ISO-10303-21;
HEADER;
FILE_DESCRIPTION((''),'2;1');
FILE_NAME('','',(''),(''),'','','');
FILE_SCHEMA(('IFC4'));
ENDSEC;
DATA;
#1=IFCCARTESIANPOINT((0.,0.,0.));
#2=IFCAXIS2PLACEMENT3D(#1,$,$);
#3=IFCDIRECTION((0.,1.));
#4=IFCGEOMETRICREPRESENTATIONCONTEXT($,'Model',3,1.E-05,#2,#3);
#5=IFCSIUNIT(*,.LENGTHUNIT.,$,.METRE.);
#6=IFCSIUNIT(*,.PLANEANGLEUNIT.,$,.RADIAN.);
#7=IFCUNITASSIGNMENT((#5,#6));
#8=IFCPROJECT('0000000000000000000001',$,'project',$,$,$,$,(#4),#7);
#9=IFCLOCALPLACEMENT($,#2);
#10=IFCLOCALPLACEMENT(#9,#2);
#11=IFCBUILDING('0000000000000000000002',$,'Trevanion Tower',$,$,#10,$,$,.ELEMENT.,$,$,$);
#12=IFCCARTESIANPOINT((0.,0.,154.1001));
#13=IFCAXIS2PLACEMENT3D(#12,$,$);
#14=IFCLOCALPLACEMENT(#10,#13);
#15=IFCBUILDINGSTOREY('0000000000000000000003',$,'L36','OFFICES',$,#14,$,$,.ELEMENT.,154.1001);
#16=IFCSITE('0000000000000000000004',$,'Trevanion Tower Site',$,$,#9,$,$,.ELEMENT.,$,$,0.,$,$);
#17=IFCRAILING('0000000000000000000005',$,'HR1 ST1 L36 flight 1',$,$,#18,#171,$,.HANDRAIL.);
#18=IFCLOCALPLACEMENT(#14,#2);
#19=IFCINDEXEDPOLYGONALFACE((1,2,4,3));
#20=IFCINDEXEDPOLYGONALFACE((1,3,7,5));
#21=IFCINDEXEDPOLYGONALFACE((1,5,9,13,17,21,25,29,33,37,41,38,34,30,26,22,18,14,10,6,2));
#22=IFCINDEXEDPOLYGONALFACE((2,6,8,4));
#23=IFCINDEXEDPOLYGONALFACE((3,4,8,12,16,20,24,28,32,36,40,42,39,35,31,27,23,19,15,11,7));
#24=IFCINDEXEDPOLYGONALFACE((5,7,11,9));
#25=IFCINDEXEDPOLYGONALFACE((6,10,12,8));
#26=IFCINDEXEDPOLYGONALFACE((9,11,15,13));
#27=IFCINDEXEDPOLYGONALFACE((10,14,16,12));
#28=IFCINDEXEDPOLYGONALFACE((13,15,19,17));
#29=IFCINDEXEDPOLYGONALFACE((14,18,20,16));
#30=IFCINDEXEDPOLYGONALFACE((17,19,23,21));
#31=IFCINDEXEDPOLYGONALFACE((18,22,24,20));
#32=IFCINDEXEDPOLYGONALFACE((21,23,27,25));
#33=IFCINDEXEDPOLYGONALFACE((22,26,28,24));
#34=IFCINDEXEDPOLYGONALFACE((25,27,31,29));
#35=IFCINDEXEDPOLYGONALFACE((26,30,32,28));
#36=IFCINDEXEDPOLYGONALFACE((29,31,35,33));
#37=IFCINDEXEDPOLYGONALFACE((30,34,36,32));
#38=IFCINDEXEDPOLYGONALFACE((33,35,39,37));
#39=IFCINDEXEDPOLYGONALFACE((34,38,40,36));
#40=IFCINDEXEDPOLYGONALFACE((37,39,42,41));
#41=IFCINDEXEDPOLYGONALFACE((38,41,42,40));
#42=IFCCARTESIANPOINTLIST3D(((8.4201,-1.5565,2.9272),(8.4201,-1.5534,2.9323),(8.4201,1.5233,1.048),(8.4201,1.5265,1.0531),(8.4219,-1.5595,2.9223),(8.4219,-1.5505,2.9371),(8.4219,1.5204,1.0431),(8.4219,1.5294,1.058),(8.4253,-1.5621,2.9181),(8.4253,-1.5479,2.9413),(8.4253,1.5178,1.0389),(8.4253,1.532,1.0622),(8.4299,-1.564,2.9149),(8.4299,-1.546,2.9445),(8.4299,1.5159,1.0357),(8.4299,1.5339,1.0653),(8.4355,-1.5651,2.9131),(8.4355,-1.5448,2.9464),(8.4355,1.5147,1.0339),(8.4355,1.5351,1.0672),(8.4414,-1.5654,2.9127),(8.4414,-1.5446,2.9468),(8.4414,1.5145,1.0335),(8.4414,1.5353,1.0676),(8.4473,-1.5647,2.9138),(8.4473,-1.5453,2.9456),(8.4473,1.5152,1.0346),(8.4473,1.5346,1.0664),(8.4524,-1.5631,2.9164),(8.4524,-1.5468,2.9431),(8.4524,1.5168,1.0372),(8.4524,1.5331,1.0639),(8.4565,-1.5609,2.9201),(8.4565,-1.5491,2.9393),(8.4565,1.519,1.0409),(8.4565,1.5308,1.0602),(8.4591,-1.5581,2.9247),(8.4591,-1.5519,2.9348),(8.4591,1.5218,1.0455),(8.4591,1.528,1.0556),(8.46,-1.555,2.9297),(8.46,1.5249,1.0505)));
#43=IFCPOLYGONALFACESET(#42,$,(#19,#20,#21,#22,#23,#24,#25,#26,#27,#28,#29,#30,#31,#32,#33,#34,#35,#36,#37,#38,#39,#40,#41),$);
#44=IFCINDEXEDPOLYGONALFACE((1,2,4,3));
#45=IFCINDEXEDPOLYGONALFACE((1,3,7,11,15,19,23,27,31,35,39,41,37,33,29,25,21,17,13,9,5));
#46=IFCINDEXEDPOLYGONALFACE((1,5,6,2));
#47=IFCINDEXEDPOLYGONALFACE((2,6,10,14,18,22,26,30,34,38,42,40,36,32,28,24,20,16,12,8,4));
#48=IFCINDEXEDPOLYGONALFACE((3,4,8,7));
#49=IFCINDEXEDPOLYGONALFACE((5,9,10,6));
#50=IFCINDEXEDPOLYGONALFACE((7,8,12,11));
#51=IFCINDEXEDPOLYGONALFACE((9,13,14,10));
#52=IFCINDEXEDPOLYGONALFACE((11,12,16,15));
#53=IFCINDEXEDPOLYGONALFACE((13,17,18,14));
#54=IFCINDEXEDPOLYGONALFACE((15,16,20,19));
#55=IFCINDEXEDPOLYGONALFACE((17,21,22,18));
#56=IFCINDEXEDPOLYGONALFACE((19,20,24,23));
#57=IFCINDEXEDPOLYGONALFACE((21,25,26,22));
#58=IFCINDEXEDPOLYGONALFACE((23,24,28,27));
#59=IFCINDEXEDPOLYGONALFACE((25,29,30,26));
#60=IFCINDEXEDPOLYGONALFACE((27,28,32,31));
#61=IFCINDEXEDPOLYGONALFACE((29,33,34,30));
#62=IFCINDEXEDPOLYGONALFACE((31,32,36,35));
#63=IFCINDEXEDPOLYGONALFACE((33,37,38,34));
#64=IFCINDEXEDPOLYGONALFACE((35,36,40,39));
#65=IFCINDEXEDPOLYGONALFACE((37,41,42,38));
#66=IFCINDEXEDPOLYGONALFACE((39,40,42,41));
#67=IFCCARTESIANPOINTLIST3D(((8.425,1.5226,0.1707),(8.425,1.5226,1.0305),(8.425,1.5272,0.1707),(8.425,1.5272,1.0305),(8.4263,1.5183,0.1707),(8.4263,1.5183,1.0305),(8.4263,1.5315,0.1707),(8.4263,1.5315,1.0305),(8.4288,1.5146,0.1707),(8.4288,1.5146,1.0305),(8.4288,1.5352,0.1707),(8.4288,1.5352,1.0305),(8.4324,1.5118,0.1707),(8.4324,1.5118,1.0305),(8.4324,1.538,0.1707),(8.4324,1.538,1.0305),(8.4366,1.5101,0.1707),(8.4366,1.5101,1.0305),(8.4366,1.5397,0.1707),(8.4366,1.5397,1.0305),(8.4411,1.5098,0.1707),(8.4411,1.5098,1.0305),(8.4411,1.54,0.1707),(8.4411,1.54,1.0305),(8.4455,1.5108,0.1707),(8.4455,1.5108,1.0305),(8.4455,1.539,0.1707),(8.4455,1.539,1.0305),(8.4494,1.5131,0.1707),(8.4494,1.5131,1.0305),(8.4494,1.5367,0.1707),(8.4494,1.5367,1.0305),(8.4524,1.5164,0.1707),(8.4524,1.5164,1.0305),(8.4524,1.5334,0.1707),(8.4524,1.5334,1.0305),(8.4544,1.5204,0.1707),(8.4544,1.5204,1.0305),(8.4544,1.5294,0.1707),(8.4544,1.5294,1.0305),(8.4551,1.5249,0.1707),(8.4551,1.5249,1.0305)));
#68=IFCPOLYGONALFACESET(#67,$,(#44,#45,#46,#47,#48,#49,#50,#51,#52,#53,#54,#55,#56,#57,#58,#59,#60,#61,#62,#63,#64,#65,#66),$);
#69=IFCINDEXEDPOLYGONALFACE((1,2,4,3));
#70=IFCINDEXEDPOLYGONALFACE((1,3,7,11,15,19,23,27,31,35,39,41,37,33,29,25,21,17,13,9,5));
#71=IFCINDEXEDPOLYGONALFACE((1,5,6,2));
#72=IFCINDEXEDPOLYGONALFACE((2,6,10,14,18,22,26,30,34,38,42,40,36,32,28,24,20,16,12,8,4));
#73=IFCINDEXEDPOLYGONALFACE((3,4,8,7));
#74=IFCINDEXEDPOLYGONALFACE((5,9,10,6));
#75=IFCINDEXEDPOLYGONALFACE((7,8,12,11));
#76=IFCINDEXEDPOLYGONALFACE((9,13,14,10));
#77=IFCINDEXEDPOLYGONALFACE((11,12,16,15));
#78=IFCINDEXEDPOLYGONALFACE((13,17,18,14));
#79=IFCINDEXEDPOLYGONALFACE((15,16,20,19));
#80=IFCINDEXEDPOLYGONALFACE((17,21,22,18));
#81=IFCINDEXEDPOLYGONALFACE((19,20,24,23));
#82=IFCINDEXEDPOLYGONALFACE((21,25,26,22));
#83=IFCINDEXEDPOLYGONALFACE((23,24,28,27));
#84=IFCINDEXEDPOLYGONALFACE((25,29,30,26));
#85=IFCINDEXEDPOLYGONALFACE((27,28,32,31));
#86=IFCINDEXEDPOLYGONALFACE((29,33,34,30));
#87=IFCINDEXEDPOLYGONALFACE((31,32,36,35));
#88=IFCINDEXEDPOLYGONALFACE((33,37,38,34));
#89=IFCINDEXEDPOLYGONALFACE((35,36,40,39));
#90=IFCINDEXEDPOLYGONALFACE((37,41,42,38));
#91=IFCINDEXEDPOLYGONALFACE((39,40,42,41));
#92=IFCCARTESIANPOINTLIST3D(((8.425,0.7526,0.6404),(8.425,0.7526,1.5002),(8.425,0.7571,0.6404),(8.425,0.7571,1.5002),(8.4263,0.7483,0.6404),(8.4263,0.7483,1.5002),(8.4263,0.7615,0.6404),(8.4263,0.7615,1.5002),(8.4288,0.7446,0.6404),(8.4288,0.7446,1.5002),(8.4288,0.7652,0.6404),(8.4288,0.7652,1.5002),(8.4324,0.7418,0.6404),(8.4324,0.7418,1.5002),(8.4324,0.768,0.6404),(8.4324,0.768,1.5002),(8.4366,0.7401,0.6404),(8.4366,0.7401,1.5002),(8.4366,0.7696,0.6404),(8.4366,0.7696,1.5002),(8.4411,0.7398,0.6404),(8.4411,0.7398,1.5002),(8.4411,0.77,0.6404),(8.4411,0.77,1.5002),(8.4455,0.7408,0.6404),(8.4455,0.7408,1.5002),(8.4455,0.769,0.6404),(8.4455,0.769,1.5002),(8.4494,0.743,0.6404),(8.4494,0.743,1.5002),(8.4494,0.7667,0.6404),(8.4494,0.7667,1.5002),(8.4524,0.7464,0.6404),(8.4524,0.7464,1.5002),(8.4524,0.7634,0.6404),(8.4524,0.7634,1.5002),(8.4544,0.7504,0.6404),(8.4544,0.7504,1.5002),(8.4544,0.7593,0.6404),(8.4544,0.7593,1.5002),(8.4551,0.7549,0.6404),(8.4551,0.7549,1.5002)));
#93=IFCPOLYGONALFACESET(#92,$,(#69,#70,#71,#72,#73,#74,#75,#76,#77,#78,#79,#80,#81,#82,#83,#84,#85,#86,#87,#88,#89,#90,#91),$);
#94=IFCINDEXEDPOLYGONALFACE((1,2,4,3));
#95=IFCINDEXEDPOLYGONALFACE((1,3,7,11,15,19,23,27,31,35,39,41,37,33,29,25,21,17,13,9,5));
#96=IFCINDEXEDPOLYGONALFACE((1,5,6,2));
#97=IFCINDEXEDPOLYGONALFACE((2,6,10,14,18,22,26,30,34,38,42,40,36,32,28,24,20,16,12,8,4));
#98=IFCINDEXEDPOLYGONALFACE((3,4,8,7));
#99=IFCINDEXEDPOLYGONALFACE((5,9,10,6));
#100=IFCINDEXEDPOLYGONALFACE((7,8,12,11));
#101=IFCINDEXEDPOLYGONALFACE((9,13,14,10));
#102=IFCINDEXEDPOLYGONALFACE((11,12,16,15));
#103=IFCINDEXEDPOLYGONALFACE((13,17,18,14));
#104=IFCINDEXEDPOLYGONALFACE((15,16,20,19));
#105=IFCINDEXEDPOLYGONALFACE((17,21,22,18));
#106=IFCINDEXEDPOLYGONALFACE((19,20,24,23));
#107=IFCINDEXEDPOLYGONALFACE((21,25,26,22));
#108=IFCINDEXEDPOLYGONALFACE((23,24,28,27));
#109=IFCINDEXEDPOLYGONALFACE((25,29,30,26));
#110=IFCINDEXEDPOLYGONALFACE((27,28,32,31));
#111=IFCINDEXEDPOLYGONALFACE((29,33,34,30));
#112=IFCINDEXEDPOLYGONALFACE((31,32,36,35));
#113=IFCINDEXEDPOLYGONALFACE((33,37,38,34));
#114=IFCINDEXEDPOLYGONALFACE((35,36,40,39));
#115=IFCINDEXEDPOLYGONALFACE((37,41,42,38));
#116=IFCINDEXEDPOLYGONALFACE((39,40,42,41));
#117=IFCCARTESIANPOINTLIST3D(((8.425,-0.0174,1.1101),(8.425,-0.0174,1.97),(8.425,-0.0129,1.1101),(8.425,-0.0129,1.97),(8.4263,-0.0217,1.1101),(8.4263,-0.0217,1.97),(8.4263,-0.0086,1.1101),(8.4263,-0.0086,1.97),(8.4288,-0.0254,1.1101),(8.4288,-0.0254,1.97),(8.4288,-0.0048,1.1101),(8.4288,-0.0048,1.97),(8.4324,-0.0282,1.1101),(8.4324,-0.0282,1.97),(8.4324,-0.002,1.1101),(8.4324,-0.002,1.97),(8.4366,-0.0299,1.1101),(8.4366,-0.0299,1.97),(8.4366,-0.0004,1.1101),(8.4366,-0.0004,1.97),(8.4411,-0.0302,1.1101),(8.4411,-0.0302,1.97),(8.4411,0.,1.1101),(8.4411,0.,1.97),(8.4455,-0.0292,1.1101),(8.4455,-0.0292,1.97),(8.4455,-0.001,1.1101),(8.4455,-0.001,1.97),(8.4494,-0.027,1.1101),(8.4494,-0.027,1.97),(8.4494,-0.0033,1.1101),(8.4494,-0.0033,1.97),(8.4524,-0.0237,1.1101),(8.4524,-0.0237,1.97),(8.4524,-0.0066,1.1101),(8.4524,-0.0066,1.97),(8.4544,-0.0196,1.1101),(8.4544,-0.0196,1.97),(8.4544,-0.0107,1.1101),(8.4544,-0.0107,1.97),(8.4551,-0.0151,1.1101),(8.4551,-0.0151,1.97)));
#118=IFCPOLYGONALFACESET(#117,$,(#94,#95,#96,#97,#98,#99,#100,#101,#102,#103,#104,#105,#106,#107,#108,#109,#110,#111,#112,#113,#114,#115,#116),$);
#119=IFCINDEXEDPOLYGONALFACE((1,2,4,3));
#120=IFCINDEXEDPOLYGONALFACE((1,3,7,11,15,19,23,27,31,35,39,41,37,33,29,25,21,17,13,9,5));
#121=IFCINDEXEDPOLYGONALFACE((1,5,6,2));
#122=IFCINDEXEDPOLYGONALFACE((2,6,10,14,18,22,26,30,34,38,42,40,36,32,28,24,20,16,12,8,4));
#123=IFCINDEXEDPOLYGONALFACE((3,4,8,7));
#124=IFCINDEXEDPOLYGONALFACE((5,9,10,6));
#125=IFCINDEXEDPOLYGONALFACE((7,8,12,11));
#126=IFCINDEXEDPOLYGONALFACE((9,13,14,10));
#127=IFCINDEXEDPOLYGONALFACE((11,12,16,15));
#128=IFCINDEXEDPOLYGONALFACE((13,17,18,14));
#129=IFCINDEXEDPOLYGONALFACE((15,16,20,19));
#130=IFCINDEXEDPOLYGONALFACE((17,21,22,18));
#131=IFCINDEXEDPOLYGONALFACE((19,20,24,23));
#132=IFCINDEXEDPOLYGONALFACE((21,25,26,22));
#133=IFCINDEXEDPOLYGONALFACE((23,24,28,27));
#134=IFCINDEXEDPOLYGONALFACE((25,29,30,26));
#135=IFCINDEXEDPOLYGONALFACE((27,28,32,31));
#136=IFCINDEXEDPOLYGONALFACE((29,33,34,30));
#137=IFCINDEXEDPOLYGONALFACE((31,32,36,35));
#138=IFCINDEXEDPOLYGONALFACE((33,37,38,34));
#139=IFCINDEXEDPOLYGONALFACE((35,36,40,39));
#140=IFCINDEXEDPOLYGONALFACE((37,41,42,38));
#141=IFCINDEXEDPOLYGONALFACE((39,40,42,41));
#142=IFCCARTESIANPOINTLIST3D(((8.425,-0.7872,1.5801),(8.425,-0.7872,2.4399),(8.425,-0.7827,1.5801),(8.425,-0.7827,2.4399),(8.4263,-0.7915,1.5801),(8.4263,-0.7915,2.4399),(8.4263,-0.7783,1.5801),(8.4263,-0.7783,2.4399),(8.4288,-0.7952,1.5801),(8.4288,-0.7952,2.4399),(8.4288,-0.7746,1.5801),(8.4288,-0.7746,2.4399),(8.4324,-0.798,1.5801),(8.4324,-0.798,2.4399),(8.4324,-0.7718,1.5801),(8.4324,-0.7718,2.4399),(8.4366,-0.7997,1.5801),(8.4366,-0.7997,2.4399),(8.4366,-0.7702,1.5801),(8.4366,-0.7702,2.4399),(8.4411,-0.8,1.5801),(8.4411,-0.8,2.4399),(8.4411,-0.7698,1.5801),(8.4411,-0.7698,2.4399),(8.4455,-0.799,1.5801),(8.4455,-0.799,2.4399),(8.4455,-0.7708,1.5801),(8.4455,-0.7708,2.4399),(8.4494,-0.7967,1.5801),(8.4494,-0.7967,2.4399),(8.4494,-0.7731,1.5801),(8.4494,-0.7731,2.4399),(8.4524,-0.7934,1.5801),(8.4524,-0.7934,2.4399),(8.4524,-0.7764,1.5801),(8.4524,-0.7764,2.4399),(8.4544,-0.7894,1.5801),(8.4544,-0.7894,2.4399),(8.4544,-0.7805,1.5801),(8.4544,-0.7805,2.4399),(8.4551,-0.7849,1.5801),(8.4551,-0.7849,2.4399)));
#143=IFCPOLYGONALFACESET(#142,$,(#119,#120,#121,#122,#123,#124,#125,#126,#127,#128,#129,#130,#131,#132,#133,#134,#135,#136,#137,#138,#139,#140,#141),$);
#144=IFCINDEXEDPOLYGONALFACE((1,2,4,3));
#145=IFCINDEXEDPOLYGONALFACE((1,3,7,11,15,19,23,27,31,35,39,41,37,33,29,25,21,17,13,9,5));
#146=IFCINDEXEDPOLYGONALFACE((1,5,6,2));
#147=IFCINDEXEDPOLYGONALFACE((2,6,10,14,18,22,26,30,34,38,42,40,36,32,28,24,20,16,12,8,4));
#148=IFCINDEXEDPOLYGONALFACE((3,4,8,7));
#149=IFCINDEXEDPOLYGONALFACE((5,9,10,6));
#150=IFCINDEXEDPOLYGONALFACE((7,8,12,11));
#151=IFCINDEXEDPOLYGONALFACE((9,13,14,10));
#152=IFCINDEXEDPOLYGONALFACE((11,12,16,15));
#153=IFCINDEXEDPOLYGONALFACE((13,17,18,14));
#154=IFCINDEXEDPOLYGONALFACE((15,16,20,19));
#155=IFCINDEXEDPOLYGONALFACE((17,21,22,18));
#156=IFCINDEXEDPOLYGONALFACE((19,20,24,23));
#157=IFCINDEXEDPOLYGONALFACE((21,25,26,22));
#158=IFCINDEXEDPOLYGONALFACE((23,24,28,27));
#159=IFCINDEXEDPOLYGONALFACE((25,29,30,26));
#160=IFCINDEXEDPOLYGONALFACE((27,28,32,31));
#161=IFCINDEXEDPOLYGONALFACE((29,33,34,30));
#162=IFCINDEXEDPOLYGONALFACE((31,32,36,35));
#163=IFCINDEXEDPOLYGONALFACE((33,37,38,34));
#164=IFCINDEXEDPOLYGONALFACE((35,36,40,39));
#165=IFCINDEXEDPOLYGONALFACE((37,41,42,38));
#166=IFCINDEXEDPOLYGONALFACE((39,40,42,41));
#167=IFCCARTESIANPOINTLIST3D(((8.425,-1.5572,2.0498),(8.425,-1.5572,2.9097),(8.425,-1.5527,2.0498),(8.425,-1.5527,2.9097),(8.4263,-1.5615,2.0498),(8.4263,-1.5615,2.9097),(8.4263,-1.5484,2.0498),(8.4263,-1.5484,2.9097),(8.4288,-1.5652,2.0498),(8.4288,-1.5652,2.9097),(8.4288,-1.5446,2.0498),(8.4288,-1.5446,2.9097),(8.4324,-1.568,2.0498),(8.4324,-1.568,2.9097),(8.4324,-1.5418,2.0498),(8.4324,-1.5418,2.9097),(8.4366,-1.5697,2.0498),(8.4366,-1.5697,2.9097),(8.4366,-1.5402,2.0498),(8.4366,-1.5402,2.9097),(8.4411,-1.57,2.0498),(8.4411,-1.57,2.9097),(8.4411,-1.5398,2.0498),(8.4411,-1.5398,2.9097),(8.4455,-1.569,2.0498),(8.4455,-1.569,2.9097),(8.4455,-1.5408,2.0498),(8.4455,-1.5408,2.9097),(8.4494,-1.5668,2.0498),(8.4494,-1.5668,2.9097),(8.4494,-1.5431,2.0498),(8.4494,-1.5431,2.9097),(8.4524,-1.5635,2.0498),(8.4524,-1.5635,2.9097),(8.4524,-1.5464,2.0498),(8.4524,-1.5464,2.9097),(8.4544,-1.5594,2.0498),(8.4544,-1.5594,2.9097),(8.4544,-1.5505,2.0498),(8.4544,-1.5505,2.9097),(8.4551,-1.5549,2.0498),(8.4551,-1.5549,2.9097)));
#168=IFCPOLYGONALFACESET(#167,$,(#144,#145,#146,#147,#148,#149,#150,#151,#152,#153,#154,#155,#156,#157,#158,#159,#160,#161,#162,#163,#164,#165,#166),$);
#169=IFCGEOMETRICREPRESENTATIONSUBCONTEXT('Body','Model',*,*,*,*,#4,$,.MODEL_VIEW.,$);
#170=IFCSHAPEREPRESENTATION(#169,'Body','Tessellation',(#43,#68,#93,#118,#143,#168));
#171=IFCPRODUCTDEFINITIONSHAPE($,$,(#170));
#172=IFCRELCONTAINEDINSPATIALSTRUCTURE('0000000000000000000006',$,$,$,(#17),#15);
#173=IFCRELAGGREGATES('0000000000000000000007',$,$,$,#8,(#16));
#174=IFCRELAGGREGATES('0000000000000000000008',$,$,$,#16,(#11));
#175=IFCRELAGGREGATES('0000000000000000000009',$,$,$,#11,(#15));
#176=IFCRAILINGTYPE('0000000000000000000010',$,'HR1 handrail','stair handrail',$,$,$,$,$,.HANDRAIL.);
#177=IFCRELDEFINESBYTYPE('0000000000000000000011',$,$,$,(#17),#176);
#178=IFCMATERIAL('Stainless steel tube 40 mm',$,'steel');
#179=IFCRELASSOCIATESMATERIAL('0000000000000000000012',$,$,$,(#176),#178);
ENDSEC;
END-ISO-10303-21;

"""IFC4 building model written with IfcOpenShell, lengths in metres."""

from ifc_helpers import new_model, si_unit, direction, frame, origin, origin_2d, place, context, subcontext, project, spatial, circle, extrude, material, type_object, element, save


model = new_model("IFC4")

# Units and contexts
model_context = context("Model", 3, precision=1e-05, world=origin(), true_north=direction((0.0, 1.0)))
body_context = subcontext(model_context, "Body", "Model", "MODEL_VIEW")
ifc_project = project(units=[si_unit("LENGTHUNIT", "METRE"), si_unit("PLANEANGLEUNIT", "RADIAN")], contexts=[model_context])

# Site, building, storey
site_placement = place(None, origin())
site = spatial("IfcSite", under=ifc_project, at=site_placement, Name="Trevanion Tower Site", CompositionType="ELEMENT", RefElevation=0.0)
building_placement = place(site_placement, origin())
building = spatial("IfcBuilding", under=site, at=building_placement, Name="Trevanion Tower", CompositionType="ELEMENT")
storey_placement = place(building_placement, frame((0.0, 0.0, 154.1001)))
storey = spatial("IfcBuildingStorey", under=building, at=storey_placement, Name="L36", Description="OFFICES", CompositionType="ELEMENT", Elevation=154.1001)

# Railing
ifc_material_1 = material(Name="Stainless steel tube 40 mm", Category="steel")
railing_type = type_object("IfcRailingType", Name="HR1 handrail", Description="stair handrail", PredefinedType="HANDRAIL", material=ifc_material_1)
for number, where, name in (
    (1, (8.4399, 1.5249, 0.1707), "HR1 ST1 L36 flight 1"),
):
    element("IfcRailing", number, at=place(storey_placement, frame(where)), inside=storey, type_object=railing_type, Name=name, PredefinedType="HANDRAIL", context=body_context, shape_type="SweptSolid", body=[
        extrude(circle(Radius=0.02, at=origin_2d()), frame((0.0, 0.0, 0.8799), z_axis=(0.0, -0.853648, 0.52085), x_axis=(1.0, 0.0, 0.0)), (0.0, 0.0, 1.0), 3.6079),
        extrude(circle(Radius=0.0151, at=origin_2d()), origin(), (0.0, 0.0, 1.0), 0.8599),
        extrude(circle(Radius=0.0151, at=origin_2d()), frame((0.0, -0.77, 0.4697)), (0.0, 0.0, 1.0), 0.8599),
        extrude(circle(Radius=0.0151, at=origin_2d()), frame((0.0, -1.54, 0.9395)), (0.0, 0.0, 1.0), 0.8599),
        extrude(circle(Radius=0.0151, at=origin_2d()), frame((0.0, -2.3098, 1.4094)), (0.0, 0.0, 1.0), 0.8599),
        extrude(circle(Radius=0.0151, at=origin_2d()), frame((0.0, -3.0798, 1.8792)), (0.0, 0.0, 1.0), 0.8599),
    ])

save(model, "model.ifc")
